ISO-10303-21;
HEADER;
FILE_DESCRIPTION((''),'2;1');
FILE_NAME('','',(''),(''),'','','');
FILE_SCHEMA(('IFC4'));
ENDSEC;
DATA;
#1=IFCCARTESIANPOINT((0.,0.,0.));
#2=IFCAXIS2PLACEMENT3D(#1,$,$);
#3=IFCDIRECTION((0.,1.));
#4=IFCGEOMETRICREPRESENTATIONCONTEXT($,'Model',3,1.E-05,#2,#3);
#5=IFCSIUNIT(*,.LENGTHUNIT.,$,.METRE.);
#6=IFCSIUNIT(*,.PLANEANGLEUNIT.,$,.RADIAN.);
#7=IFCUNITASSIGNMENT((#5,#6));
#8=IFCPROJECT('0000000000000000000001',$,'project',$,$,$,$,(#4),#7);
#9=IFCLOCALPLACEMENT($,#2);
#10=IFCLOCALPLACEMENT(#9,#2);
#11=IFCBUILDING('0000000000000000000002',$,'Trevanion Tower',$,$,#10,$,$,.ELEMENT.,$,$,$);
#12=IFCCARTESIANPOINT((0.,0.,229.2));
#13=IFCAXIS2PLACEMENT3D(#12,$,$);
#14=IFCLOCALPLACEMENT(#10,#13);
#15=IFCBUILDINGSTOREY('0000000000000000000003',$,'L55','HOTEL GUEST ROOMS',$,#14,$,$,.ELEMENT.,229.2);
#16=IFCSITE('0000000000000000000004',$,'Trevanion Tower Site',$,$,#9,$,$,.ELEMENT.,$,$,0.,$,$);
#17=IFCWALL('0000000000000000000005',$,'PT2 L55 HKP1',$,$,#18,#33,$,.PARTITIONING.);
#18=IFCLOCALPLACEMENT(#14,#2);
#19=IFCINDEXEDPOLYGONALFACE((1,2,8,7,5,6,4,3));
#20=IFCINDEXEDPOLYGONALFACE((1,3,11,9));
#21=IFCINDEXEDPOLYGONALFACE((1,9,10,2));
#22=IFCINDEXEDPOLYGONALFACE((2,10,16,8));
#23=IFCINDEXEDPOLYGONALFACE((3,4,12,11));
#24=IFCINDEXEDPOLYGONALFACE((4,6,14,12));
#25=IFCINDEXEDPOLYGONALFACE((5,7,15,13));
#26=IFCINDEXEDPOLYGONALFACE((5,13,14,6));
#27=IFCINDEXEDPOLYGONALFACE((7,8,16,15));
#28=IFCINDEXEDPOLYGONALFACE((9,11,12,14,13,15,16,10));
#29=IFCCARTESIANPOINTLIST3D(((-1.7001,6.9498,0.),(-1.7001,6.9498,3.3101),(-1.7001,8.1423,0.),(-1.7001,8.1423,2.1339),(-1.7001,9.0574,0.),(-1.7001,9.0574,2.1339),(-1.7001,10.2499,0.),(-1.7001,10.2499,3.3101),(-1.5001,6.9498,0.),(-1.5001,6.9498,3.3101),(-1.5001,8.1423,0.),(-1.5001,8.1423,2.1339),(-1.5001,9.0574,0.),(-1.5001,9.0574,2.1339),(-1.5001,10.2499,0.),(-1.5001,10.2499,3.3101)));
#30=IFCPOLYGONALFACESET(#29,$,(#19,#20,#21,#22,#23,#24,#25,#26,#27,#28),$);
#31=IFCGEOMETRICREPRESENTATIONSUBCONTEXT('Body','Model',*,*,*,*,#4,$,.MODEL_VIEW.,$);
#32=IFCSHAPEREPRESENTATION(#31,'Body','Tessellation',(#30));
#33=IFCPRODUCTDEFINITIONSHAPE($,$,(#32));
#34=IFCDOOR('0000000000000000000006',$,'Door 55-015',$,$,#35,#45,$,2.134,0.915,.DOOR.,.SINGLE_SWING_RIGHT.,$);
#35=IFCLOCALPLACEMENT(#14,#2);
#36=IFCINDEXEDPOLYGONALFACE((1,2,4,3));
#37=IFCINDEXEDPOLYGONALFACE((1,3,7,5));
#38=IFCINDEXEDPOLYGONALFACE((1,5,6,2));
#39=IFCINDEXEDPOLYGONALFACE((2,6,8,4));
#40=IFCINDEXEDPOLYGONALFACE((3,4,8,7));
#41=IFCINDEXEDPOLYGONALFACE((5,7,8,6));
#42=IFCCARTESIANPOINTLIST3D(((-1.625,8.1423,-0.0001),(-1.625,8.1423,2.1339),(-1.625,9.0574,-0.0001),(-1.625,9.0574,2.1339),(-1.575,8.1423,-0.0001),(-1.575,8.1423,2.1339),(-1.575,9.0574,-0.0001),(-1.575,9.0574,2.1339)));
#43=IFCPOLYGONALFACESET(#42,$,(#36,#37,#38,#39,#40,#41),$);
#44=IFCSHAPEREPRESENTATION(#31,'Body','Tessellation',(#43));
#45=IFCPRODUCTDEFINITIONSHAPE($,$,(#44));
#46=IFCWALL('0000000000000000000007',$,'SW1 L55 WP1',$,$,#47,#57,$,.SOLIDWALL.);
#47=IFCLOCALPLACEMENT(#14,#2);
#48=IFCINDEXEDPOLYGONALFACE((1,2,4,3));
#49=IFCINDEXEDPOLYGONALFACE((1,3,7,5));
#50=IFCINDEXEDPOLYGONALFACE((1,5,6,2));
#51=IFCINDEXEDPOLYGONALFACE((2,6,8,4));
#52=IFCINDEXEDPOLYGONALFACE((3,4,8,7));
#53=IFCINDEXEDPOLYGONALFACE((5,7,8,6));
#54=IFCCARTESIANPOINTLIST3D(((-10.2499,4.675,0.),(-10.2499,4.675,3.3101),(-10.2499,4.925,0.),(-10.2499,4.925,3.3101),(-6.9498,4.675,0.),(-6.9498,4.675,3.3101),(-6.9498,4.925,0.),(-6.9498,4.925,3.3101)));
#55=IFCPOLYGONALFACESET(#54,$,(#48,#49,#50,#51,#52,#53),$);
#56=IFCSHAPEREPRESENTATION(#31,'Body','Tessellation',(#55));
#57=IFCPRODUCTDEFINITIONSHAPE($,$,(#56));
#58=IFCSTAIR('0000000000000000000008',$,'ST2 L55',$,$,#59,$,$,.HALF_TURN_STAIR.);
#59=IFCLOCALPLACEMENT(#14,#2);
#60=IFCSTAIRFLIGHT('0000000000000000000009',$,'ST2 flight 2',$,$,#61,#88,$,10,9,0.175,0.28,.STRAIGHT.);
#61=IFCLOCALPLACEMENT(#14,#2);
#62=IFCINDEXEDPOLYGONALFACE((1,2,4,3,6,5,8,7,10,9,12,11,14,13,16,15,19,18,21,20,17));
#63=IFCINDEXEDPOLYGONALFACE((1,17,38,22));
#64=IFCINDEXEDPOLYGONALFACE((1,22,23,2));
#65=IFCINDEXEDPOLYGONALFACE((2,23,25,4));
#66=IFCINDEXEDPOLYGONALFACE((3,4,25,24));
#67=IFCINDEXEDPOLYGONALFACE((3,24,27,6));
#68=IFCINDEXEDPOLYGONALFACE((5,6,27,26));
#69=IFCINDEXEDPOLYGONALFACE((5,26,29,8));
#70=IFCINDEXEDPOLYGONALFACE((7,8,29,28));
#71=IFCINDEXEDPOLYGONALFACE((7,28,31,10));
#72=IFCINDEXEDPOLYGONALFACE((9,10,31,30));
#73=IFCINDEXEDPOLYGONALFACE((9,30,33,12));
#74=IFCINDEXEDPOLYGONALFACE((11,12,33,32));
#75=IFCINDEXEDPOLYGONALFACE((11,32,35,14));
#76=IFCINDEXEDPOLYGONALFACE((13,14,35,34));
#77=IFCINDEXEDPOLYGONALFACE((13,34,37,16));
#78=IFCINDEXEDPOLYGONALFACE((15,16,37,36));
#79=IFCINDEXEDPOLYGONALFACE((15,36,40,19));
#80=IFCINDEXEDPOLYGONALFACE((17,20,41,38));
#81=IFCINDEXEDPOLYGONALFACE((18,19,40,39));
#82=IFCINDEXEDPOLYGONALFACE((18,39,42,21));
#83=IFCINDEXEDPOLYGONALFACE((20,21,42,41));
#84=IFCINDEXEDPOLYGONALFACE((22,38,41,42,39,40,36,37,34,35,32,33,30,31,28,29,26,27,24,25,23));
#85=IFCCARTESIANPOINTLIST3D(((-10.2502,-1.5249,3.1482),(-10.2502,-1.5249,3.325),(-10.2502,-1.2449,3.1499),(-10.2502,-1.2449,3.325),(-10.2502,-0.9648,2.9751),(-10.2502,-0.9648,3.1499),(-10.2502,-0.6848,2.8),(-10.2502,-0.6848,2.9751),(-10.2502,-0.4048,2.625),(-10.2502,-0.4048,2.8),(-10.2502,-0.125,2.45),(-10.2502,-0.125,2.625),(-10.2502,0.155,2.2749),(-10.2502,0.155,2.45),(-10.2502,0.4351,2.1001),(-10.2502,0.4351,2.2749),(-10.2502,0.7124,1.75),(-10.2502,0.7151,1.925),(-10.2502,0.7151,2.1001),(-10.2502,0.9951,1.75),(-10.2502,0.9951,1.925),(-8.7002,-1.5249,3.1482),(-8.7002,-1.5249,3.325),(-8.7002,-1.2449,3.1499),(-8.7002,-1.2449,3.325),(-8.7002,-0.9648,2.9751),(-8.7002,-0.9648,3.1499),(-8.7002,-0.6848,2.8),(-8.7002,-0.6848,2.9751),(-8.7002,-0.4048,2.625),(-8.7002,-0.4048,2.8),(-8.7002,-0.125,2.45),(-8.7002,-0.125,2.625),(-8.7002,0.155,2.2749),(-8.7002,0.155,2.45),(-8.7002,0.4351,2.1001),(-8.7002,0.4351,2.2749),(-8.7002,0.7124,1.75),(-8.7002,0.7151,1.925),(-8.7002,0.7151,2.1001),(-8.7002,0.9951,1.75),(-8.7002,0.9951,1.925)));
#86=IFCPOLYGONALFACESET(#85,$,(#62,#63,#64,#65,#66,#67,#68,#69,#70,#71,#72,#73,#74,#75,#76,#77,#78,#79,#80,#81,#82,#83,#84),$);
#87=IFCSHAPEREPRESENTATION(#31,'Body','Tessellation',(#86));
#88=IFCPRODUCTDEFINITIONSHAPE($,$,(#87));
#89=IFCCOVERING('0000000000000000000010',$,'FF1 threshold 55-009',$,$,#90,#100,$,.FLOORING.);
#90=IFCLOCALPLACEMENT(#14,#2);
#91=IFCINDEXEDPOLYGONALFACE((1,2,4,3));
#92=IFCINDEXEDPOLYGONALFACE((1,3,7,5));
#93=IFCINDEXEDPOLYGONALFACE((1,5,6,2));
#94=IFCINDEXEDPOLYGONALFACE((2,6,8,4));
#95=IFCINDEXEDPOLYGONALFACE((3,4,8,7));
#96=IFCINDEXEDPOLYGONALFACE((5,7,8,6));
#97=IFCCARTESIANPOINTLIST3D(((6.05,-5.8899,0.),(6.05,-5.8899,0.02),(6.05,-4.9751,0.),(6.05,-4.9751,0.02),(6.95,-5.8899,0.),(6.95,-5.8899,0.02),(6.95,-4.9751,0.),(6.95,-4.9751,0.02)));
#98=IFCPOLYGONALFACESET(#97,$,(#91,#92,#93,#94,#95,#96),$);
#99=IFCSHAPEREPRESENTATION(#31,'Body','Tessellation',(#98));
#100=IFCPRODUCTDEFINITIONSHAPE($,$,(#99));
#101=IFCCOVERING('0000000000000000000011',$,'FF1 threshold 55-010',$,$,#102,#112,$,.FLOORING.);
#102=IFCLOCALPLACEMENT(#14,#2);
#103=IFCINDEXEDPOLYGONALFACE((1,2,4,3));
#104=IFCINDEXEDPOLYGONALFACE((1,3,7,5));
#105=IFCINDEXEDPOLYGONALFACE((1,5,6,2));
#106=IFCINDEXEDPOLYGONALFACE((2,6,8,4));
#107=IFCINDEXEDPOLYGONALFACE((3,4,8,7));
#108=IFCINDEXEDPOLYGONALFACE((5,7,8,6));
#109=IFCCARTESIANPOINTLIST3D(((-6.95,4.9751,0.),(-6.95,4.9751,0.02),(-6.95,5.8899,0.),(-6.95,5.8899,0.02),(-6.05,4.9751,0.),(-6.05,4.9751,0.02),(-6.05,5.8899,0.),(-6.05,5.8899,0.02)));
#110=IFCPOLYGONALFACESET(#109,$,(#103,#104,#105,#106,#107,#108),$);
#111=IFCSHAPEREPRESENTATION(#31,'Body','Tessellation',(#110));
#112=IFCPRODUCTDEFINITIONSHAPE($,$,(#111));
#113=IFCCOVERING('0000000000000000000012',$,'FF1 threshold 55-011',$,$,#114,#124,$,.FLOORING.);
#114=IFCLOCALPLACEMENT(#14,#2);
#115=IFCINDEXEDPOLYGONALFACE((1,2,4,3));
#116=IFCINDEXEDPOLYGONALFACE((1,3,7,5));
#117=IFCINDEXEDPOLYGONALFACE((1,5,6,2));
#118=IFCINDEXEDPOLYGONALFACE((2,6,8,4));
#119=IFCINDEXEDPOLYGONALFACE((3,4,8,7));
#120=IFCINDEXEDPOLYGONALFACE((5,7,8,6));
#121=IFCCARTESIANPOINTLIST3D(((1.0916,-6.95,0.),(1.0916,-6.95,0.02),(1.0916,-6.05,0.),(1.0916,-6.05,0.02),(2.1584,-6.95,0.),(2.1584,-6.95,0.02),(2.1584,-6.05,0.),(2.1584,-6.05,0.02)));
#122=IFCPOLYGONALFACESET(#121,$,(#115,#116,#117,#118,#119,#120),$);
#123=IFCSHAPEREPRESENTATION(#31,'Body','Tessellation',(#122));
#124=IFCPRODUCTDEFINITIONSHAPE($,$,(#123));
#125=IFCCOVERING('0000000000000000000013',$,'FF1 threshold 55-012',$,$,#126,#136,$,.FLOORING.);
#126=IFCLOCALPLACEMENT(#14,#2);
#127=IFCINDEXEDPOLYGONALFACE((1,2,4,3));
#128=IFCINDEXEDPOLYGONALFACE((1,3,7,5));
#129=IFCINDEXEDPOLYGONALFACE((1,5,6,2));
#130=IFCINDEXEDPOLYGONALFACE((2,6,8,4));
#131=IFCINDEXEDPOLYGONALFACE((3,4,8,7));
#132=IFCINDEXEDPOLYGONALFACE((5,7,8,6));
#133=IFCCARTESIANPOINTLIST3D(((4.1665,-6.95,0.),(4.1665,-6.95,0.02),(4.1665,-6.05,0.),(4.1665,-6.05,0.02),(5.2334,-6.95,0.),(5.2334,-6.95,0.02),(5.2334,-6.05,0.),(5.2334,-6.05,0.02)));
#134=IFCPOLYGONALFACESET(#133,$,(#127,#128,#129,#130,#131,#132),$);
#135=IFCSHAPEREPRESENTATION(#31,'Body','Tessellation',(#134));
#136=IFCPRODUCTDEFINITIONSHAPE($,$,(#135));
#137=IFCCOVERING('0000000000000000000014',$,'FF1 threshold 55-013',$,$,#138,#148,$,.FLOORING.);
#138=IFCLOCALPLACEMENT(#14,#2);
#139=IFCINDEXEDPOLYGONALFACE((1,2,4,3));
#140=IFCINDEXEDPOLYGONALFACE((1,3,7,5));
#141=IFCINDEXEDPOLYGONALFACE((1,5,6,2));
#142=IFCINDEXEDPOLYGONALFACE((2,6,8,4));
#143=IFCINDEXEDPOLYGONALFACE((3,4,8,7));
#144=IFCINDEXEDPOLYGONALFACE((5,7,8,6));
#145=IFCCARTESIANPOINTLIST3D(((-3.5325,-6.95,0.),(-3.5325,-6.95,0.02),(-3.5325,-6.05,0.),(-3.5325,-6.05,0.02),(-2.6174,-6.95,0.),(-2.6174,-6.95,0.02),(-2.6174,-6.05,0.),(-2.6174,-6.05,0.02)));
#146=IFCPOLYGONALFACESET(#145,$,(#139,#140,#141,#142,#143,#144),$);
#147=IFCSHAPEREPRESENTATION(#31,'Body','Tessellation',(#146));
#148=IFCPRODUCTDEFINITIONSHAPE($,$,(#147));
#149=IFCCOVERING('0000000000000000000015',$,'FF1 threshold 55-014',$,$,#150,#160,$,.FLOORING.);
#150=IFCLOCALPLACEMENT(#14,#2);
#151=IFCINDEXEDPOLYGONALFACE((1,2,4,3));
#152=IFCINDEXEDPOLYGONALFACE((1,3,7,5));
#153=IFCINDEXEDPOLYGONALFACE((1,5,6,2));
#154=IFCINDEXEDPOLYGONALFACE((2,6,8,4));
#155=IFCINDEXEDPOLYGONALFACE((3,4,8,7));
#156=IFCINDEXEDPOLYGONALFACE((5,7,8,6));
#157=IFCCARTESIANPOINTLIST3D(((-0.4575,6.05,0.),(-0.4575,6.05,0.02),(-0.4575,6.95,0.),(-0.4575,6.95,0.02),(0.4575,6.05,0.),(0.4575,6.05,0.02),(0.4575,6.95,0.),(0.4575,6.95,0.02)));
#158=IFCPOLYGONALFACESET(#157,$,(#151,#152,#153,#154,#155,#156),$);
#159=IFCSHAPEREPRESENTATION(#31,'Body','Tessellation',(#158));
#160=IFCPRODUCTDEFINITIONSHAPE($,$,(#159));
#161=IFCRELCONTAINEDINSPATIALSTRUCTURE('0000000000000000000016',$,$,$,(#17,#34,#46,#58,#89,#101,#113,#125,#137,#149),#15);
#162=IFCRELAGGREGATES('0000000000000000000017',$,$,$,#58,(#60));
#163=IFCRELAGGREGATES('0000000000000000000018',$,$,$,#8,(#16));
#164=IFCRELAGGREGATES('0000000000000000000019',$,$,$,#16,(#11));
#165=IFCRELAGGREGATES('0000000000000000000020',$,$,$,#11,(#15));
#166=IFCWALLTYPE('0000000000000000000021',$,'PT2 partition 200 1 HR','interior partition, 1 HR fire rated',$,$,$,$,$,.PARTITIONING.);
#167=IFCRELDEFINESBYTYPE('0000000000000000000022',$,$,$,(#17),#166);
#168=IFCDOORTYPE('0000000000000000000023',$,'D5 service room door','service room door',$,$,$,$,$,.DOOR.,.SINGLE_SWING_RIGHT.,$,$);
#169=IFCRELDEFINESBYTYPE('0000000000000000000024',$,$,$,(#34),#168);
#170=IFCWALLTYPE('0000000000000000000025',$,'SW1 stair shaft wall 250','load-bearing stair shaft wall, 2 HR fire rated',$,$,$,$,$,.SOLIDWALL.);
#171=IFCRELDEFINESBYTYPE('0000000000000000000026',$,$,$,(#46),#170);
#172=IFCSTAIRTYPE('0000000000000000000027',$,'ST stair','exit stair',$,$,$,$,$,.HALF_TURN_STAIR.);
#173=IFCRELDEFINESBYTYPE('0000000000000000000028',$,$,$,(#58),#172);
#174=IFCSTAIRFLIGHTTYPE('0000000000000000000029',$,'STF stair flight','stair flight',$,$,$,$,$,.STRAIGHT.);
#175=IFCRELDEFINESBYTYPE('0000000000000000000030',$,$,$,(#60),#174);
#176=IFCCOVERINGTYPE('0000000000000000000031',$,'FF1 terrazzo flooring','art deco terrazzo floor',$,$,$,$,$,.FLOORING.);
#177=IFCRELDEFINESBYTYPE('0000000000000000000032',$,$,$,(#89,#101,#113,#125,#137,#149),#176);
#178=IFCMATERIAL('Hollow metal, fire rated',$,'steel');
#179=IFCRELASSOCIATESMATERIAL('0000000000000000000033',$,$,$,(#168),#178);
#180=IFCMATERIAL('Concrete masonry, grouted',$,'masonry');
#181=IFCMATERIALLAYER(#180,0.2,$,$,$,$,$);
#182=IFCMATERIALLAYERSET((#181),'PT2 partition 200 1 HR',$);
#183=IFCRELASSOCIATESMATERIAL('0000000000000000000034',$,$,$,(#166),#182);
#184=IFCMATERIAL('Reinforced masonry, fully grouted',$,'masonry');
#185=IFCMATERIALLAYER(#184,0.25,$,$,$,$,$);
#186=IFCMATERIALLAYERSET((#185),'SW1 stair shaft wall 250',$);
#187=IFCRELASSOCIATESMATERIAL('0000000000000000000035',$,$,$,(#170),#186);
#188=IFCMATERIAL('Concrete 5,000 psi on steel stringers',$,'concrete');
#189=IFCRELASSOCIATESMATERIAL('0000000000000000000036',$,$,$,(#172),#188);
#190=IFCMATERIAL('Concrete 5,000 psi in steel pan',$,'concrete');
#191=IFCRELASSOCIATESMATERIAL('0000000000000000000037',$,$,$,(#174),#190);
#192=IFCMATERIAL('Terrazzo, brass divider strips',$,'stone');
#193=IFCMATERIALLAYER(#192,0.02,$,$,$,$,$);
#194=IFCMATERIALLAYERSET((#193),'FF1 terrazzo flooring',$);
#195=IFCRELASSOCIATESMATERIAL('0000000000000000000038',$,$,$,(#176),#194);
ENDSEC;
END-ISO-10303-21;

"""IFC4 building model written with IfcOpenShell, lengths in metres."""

from ifc_helpers import new_model, si_unit, direction, frame, frame_2d, origin, place, context, subcontext, project, spatial, polyline, rectangle, outline, extrude, material, layer, layer_set, type_object, element, fill, aggregate, save


model = new_model("IFC4")

# Units and contexts
model_context = context("Model", 3, precision=1e-05, world=origin(), true_north=direction((0.0, 1.0)))
body_context = subcontext(model_context, "Body", "Model", "MODEL_VIEW")
ifc_project = project(units=[si_unit("LENGTHUNIT", "METRE"), si_unit("PLANEANGLEUNIT", "RADIAN")], contexts=[model_context])

# Site, building, storey
site_placement = place(None, origin())
site = spatial("IfcSite", under=ifc_project, at=site_placement, Name="Trevanion Tower Site", CompositionType="ELEMENT", RefElevation=0.0)
building_placement = place(site_placement, origin())
building = spatial("IfcBuilding", under=site, at=building_placement, Name="Trevanion Tower", CompositionType="ELEMENT")
storey_placement = place(building_placement, frame((0.0, 0.0, 229.2)))
storey = spatial("IfcBuildingStorey", under=building, at=storey_placement, Name="L55", Description="HOTEL GUEST ROOMS", CompositionType="ELEMENT", Elevation=229.2)

# Shared definitions
ifc_material_1 = material(Name="Hollow metal, fire rated", Category="steel")
door_type_1 = type_object("IfcDoorType", Name="D5 service room door", Description="service room door", OperationType="SINGLE_SWING_RIGHT", PredefinedType="DOOR", material=ifc_material_1)

# Shared definitions
ifc_material_2 = material(Name="Concrete masonry, grouted", Category="masonry")
ifc_layer_1 = layer(ifc_material_2, 0.2)
ifc_layer_set_1 = layer_set([ifc_layer_1], Name="PT2 partition 200 1 HR")
wall_type_1 = type_object("IfcWallType", Name="PT2 partition 200 1 HR", Description="interior partition, 1 HR fire rated", PredefinedType="PARTITIONING", material=ifc_layer_set_1)

# Wall, opening, door
wall_1_placement = place(storey_placement, frame((-1.6001, 6.95, 0.0), z_axis=(0.0, 0.0, 1.0), x_axis=(0.0, 1.0, 0.0)))
wall_1 = element("IfcWall", 1, at=wall_1_placement, inside=storey, type_object=wall_type_1, Name="PT2 L55 HKP1", PredefinedType="PARTITIONING", context=body_context, shape_type="SweptSolid", body=[
    extrude(rectangle(XDim=3.3, YDim=0.2, at=frame_2d((1.6499, 0.0))), origin(), (0.0, 0.0, 1.0), 3.3101),
])
opening_1_placement = place(wall_1_placement, frame((1.1924, 0.0, 0.0)))
opening_1 = element("IfcOpeningElement", 2, at=opening_1_placement, cuts=wall_1, PredefinedType="OPENING", context=body_context, shape_type="SweptSolid", body=[
    extrude(rectangle(XDim=0.915, YDim=2.134, at=frame_2d((0.4575, 1.0669))), frame((0.0, 0.1099, 0.0), z_axis=(0.0, -1.0, 0.0), x_axis=(1.0, 0.0, 0.0)), (0.0, 0.0, 1.0), 0.22),
])
door_1_placement = place(opening_1_placement, origin())
door_1 = element("IfcDoor", 3, at=door_1_placement, inside=storey, type_object=door_type_1, Name="Door 55-015", OperationType="SINGLE_SWING_RIGHT", OverallHeight=2.134, OverallWidth=0.915, PredefinedType="DOOR", context=body_context, shape_type="SweptSolid", body=[
    extrude(rectangle(XDim=0.915, YDim=2.134, at=frame_2d((0.4575, 1.0669))), frame((0.0, 0.0249, 0.0), z_axis=(0.0, -1.0, 0.0), x_axis=(1.0, 0.0, 0.0)), (0.0, 0.0, 1.0), 0.05),
])
fill(opening_1, door_1)

# Wall
ifc_material_3 = material(Name="Reinforced masonry, fully grouted", Category="masonry")
ifc_layer_2 = layer(ifc_material_3, 0.25)
ifc_layer_set_2 = layer_set([ifc_layer_2], Name="SW1 stair shaft wall 250")
wall_type_2 = type_object("IfcWallType", Name="SW1 stair shaft wall 250", Description="load-bearing stair shaft wall, 2 HR fire rated", PredefinedType="SOLIDWALL", material=ifc_layer_set_2)
wall_2_placement = place(storey_placement, frame((-6.95, 4.8, 0.0), z_axis=(0.0, 0.0, 1.0), x_axis=(-1.0, 0.0, 0.0)))
element("IfcWall", 4, at=wall_2_placement, inside=storey, type_object=wall_type_2, Name="SW1 L55 WP1", PredefinedType="SOLIDWALL", context=body_context, shape_type="SweptSolid", body=[
    extrude(rectangle(XDim=3.3, YDim=0.25, at=frame_2d((1.6499, 0.0))), origin(), (0.0, 0.0, 1.0), 3.3101),
])

# Stair, stair flight
ifc_material_4 = material(Name="Concrete 5,000 psi on steel stringers", Category="concrete")
stair_type = type_object("IfcStairType", Name="ST stair", Description="exit stair", PredefinedType="HALF_TURN_STAIR", material=ifc_material_4)
stair_placement = place(storey_placement, origin())
stair = element("IfcStair", 5, at=stair_placement, inside=storey, type_object=stair_type, Name="ST2 L55", PredefinedType="HALF_TURN_STAIR")
ifc_material_5 = material(Name="Concrete 5,000 psi in steel pan", Category="concrete")
stair_flight_type = type_object("IfcStairFlightType", Name="STF stair flight", Description="stair flight", PredefinedType="STRAIGHT", material=ifc_material_5)
stair_flight_placement = place(storey_placement, frame((-9.4751, 0.9951, 1.75), z_axis=(0.0, 0.0, 1.0), x_axis=(0.0, -1.0, 0.0)))
stair_flight = element("IfcStairFlight", 6, at=stair_flight_placement, type_object=stair_flight_type, Name="ST2 flight 2", NumberOfRisers=10, NumberOfTreads=9, PredefinedType="STRAIGHT", RiserHeight=0.175, TreadLength=0.28, context=body_context, shape_type="SweptSolid", body=[
    extrude(outline(polyline([(0.0, 0.0), (0.0, 0.175), (0.28, 0.175), (0.28, 0.3501), (0.5601, 0.3501), (0.5601, 0.5249), (0.8401, 0.5249), (0.8401, 0.7), (1.1201, 0.7), (1.1201, 0.875), (1.3999, 0.875), (1.3999, 1.05), (1.6799, 1.05), (1.6799, 1.2251), (1.96, 1.2251), (1.96, 1.3999), (2.24, 1.3999), (2.24, 1.575), (2.52, 1.575), (2.52, 1.75), (2.52, 1.3982), (0.2827, 0.0), (0.0, 0.0)])), frame((0.0, 0.7749, 0.0), z_axis=(0.0, -1.0, 0.0), x_axis=(1.0, 0.0, 0.0)), (0.0, 0.0, 1.0), 1.55),
])
aggregate(stair, [stair_flight])

# Coverings
ifc_material_6 = material(Name="Terrazzo, brass divider strips", Category="stone")
ifc_layer_3 = layer(ifc_material_6, 0.02)
ifc_layer_set_3 = layer_set([ifc_layer_3], Name="FF1 terrazzo flooring")
covering_type = type_object("IfcCoveringType", Name="FF1 terrazzo flooring", Description="art deco terrazzo floor", PredefinedType="FLOORING", material=ifc_layer_set_3)
covering_1_placement = place(storey_placement, origin())
element("IfcCovering", 7, at=covering_1_placement, inside=storey, type_object=covering_type, Name="FF1 threshold 55-009", PredefinedType="FLOORING", context=body_context, shape_type="SweptSolid", body=[
    extrude(outline(polyline([(6.95, -5.8899), (6.95, -4.9751), (6.05, -4.9751), (6.05, -5.8899), (6.95, -5.8899)])), origin(), (0.0, 0.0, 1.0), 0.02),
])
covering_2_placement = place(storey_placement, origin())
element("IfcCovering", 8, at=covering_2_placement, inside=storey, type_object=covering_type, Name="FF1 threshold 55-010", PredefinedType="FLOORING", context=body_context, shape_type="SweptSolid", body=[
    extrude(outline(polyline([(-6.95, 5.8899), (-6.95, 4.9751), (-6.05, 4.9751), (-6.05, 5.8899), (-6.95, 5.8899)])), origin(), (0.0, 0.0, 1.0), 0.02),
])
covering_3_placement = place(storey_placement, origin())
element("IfcCovering", 9, at=covering_3_placement, inside=storey, type_object=covering_type, Name="FF1 threshold 55-011", PredefinedType="FLOORING", context=body_context, shape_type="SweptSolid", body=[
    extrude(outline(polyline([(1.0916, -6.95), (2.1584, -6.95), (2.1584, -6.05), (1.0916, -6.05), (1.0916, -6.95)])), origin(), (0.0, 0.0, 1.0), 0.02),
])
covering_4_placement = place(storey_placement, origin())
element("IfcCovering", 10, at=covering_4_placement, inside=storey, type_object=covering_type, Name="FF1 threshold 55-012", PredefinedType="FLOORING", context=body_context, shape_type="SweptSolid", body=[
    extrude(outline(polyline([(4.1665, -6.95), (5.2334, -6.95), (5.2334, -6.05), (4.1665, -6.05), (4.1665, -6.95)])), origin(), (0.0, 0.0, 1.0), 0.02),
])
covering_5_placement = place(storey_placement, origin())
element("IfcCovering", 11, at=covering_5_placement, inside=storey, type_object=covering_type, Name="FF1 threshold 55-013", PredefinedType="FLOORING", context=body_context, shape_type="SweptSolid", body=[
    extrude(outline(polyline([(-3.5325, -6.95), (-2.6174, -6.95), (-2.6174, -6.05), (-3.5325, -6.05), (-3.5325, -6.95)])), origin(), (0.0, 0.0, 1.0), 0.02),
])
covering_6_placement = place(storey_placement, origin())
element("IfcCovering", 12, at=covering_6_placement, inside=storey, type_object=covering_type, Name="FF1 threshold 55-014", PredefinedType="FLOORING", context=body_context, shape_type="SweptSolid", body=[
    extrude(outline(polyline([(0.4575, 6.95), (-0.4575, 6.95), (-0.4575, 6.05), (0.4575, 6.05), (0.4575, 6.95)])), origin(), (0.0, 0.0, 1.0), 0.02),
])

save(model, "model.ifc")
